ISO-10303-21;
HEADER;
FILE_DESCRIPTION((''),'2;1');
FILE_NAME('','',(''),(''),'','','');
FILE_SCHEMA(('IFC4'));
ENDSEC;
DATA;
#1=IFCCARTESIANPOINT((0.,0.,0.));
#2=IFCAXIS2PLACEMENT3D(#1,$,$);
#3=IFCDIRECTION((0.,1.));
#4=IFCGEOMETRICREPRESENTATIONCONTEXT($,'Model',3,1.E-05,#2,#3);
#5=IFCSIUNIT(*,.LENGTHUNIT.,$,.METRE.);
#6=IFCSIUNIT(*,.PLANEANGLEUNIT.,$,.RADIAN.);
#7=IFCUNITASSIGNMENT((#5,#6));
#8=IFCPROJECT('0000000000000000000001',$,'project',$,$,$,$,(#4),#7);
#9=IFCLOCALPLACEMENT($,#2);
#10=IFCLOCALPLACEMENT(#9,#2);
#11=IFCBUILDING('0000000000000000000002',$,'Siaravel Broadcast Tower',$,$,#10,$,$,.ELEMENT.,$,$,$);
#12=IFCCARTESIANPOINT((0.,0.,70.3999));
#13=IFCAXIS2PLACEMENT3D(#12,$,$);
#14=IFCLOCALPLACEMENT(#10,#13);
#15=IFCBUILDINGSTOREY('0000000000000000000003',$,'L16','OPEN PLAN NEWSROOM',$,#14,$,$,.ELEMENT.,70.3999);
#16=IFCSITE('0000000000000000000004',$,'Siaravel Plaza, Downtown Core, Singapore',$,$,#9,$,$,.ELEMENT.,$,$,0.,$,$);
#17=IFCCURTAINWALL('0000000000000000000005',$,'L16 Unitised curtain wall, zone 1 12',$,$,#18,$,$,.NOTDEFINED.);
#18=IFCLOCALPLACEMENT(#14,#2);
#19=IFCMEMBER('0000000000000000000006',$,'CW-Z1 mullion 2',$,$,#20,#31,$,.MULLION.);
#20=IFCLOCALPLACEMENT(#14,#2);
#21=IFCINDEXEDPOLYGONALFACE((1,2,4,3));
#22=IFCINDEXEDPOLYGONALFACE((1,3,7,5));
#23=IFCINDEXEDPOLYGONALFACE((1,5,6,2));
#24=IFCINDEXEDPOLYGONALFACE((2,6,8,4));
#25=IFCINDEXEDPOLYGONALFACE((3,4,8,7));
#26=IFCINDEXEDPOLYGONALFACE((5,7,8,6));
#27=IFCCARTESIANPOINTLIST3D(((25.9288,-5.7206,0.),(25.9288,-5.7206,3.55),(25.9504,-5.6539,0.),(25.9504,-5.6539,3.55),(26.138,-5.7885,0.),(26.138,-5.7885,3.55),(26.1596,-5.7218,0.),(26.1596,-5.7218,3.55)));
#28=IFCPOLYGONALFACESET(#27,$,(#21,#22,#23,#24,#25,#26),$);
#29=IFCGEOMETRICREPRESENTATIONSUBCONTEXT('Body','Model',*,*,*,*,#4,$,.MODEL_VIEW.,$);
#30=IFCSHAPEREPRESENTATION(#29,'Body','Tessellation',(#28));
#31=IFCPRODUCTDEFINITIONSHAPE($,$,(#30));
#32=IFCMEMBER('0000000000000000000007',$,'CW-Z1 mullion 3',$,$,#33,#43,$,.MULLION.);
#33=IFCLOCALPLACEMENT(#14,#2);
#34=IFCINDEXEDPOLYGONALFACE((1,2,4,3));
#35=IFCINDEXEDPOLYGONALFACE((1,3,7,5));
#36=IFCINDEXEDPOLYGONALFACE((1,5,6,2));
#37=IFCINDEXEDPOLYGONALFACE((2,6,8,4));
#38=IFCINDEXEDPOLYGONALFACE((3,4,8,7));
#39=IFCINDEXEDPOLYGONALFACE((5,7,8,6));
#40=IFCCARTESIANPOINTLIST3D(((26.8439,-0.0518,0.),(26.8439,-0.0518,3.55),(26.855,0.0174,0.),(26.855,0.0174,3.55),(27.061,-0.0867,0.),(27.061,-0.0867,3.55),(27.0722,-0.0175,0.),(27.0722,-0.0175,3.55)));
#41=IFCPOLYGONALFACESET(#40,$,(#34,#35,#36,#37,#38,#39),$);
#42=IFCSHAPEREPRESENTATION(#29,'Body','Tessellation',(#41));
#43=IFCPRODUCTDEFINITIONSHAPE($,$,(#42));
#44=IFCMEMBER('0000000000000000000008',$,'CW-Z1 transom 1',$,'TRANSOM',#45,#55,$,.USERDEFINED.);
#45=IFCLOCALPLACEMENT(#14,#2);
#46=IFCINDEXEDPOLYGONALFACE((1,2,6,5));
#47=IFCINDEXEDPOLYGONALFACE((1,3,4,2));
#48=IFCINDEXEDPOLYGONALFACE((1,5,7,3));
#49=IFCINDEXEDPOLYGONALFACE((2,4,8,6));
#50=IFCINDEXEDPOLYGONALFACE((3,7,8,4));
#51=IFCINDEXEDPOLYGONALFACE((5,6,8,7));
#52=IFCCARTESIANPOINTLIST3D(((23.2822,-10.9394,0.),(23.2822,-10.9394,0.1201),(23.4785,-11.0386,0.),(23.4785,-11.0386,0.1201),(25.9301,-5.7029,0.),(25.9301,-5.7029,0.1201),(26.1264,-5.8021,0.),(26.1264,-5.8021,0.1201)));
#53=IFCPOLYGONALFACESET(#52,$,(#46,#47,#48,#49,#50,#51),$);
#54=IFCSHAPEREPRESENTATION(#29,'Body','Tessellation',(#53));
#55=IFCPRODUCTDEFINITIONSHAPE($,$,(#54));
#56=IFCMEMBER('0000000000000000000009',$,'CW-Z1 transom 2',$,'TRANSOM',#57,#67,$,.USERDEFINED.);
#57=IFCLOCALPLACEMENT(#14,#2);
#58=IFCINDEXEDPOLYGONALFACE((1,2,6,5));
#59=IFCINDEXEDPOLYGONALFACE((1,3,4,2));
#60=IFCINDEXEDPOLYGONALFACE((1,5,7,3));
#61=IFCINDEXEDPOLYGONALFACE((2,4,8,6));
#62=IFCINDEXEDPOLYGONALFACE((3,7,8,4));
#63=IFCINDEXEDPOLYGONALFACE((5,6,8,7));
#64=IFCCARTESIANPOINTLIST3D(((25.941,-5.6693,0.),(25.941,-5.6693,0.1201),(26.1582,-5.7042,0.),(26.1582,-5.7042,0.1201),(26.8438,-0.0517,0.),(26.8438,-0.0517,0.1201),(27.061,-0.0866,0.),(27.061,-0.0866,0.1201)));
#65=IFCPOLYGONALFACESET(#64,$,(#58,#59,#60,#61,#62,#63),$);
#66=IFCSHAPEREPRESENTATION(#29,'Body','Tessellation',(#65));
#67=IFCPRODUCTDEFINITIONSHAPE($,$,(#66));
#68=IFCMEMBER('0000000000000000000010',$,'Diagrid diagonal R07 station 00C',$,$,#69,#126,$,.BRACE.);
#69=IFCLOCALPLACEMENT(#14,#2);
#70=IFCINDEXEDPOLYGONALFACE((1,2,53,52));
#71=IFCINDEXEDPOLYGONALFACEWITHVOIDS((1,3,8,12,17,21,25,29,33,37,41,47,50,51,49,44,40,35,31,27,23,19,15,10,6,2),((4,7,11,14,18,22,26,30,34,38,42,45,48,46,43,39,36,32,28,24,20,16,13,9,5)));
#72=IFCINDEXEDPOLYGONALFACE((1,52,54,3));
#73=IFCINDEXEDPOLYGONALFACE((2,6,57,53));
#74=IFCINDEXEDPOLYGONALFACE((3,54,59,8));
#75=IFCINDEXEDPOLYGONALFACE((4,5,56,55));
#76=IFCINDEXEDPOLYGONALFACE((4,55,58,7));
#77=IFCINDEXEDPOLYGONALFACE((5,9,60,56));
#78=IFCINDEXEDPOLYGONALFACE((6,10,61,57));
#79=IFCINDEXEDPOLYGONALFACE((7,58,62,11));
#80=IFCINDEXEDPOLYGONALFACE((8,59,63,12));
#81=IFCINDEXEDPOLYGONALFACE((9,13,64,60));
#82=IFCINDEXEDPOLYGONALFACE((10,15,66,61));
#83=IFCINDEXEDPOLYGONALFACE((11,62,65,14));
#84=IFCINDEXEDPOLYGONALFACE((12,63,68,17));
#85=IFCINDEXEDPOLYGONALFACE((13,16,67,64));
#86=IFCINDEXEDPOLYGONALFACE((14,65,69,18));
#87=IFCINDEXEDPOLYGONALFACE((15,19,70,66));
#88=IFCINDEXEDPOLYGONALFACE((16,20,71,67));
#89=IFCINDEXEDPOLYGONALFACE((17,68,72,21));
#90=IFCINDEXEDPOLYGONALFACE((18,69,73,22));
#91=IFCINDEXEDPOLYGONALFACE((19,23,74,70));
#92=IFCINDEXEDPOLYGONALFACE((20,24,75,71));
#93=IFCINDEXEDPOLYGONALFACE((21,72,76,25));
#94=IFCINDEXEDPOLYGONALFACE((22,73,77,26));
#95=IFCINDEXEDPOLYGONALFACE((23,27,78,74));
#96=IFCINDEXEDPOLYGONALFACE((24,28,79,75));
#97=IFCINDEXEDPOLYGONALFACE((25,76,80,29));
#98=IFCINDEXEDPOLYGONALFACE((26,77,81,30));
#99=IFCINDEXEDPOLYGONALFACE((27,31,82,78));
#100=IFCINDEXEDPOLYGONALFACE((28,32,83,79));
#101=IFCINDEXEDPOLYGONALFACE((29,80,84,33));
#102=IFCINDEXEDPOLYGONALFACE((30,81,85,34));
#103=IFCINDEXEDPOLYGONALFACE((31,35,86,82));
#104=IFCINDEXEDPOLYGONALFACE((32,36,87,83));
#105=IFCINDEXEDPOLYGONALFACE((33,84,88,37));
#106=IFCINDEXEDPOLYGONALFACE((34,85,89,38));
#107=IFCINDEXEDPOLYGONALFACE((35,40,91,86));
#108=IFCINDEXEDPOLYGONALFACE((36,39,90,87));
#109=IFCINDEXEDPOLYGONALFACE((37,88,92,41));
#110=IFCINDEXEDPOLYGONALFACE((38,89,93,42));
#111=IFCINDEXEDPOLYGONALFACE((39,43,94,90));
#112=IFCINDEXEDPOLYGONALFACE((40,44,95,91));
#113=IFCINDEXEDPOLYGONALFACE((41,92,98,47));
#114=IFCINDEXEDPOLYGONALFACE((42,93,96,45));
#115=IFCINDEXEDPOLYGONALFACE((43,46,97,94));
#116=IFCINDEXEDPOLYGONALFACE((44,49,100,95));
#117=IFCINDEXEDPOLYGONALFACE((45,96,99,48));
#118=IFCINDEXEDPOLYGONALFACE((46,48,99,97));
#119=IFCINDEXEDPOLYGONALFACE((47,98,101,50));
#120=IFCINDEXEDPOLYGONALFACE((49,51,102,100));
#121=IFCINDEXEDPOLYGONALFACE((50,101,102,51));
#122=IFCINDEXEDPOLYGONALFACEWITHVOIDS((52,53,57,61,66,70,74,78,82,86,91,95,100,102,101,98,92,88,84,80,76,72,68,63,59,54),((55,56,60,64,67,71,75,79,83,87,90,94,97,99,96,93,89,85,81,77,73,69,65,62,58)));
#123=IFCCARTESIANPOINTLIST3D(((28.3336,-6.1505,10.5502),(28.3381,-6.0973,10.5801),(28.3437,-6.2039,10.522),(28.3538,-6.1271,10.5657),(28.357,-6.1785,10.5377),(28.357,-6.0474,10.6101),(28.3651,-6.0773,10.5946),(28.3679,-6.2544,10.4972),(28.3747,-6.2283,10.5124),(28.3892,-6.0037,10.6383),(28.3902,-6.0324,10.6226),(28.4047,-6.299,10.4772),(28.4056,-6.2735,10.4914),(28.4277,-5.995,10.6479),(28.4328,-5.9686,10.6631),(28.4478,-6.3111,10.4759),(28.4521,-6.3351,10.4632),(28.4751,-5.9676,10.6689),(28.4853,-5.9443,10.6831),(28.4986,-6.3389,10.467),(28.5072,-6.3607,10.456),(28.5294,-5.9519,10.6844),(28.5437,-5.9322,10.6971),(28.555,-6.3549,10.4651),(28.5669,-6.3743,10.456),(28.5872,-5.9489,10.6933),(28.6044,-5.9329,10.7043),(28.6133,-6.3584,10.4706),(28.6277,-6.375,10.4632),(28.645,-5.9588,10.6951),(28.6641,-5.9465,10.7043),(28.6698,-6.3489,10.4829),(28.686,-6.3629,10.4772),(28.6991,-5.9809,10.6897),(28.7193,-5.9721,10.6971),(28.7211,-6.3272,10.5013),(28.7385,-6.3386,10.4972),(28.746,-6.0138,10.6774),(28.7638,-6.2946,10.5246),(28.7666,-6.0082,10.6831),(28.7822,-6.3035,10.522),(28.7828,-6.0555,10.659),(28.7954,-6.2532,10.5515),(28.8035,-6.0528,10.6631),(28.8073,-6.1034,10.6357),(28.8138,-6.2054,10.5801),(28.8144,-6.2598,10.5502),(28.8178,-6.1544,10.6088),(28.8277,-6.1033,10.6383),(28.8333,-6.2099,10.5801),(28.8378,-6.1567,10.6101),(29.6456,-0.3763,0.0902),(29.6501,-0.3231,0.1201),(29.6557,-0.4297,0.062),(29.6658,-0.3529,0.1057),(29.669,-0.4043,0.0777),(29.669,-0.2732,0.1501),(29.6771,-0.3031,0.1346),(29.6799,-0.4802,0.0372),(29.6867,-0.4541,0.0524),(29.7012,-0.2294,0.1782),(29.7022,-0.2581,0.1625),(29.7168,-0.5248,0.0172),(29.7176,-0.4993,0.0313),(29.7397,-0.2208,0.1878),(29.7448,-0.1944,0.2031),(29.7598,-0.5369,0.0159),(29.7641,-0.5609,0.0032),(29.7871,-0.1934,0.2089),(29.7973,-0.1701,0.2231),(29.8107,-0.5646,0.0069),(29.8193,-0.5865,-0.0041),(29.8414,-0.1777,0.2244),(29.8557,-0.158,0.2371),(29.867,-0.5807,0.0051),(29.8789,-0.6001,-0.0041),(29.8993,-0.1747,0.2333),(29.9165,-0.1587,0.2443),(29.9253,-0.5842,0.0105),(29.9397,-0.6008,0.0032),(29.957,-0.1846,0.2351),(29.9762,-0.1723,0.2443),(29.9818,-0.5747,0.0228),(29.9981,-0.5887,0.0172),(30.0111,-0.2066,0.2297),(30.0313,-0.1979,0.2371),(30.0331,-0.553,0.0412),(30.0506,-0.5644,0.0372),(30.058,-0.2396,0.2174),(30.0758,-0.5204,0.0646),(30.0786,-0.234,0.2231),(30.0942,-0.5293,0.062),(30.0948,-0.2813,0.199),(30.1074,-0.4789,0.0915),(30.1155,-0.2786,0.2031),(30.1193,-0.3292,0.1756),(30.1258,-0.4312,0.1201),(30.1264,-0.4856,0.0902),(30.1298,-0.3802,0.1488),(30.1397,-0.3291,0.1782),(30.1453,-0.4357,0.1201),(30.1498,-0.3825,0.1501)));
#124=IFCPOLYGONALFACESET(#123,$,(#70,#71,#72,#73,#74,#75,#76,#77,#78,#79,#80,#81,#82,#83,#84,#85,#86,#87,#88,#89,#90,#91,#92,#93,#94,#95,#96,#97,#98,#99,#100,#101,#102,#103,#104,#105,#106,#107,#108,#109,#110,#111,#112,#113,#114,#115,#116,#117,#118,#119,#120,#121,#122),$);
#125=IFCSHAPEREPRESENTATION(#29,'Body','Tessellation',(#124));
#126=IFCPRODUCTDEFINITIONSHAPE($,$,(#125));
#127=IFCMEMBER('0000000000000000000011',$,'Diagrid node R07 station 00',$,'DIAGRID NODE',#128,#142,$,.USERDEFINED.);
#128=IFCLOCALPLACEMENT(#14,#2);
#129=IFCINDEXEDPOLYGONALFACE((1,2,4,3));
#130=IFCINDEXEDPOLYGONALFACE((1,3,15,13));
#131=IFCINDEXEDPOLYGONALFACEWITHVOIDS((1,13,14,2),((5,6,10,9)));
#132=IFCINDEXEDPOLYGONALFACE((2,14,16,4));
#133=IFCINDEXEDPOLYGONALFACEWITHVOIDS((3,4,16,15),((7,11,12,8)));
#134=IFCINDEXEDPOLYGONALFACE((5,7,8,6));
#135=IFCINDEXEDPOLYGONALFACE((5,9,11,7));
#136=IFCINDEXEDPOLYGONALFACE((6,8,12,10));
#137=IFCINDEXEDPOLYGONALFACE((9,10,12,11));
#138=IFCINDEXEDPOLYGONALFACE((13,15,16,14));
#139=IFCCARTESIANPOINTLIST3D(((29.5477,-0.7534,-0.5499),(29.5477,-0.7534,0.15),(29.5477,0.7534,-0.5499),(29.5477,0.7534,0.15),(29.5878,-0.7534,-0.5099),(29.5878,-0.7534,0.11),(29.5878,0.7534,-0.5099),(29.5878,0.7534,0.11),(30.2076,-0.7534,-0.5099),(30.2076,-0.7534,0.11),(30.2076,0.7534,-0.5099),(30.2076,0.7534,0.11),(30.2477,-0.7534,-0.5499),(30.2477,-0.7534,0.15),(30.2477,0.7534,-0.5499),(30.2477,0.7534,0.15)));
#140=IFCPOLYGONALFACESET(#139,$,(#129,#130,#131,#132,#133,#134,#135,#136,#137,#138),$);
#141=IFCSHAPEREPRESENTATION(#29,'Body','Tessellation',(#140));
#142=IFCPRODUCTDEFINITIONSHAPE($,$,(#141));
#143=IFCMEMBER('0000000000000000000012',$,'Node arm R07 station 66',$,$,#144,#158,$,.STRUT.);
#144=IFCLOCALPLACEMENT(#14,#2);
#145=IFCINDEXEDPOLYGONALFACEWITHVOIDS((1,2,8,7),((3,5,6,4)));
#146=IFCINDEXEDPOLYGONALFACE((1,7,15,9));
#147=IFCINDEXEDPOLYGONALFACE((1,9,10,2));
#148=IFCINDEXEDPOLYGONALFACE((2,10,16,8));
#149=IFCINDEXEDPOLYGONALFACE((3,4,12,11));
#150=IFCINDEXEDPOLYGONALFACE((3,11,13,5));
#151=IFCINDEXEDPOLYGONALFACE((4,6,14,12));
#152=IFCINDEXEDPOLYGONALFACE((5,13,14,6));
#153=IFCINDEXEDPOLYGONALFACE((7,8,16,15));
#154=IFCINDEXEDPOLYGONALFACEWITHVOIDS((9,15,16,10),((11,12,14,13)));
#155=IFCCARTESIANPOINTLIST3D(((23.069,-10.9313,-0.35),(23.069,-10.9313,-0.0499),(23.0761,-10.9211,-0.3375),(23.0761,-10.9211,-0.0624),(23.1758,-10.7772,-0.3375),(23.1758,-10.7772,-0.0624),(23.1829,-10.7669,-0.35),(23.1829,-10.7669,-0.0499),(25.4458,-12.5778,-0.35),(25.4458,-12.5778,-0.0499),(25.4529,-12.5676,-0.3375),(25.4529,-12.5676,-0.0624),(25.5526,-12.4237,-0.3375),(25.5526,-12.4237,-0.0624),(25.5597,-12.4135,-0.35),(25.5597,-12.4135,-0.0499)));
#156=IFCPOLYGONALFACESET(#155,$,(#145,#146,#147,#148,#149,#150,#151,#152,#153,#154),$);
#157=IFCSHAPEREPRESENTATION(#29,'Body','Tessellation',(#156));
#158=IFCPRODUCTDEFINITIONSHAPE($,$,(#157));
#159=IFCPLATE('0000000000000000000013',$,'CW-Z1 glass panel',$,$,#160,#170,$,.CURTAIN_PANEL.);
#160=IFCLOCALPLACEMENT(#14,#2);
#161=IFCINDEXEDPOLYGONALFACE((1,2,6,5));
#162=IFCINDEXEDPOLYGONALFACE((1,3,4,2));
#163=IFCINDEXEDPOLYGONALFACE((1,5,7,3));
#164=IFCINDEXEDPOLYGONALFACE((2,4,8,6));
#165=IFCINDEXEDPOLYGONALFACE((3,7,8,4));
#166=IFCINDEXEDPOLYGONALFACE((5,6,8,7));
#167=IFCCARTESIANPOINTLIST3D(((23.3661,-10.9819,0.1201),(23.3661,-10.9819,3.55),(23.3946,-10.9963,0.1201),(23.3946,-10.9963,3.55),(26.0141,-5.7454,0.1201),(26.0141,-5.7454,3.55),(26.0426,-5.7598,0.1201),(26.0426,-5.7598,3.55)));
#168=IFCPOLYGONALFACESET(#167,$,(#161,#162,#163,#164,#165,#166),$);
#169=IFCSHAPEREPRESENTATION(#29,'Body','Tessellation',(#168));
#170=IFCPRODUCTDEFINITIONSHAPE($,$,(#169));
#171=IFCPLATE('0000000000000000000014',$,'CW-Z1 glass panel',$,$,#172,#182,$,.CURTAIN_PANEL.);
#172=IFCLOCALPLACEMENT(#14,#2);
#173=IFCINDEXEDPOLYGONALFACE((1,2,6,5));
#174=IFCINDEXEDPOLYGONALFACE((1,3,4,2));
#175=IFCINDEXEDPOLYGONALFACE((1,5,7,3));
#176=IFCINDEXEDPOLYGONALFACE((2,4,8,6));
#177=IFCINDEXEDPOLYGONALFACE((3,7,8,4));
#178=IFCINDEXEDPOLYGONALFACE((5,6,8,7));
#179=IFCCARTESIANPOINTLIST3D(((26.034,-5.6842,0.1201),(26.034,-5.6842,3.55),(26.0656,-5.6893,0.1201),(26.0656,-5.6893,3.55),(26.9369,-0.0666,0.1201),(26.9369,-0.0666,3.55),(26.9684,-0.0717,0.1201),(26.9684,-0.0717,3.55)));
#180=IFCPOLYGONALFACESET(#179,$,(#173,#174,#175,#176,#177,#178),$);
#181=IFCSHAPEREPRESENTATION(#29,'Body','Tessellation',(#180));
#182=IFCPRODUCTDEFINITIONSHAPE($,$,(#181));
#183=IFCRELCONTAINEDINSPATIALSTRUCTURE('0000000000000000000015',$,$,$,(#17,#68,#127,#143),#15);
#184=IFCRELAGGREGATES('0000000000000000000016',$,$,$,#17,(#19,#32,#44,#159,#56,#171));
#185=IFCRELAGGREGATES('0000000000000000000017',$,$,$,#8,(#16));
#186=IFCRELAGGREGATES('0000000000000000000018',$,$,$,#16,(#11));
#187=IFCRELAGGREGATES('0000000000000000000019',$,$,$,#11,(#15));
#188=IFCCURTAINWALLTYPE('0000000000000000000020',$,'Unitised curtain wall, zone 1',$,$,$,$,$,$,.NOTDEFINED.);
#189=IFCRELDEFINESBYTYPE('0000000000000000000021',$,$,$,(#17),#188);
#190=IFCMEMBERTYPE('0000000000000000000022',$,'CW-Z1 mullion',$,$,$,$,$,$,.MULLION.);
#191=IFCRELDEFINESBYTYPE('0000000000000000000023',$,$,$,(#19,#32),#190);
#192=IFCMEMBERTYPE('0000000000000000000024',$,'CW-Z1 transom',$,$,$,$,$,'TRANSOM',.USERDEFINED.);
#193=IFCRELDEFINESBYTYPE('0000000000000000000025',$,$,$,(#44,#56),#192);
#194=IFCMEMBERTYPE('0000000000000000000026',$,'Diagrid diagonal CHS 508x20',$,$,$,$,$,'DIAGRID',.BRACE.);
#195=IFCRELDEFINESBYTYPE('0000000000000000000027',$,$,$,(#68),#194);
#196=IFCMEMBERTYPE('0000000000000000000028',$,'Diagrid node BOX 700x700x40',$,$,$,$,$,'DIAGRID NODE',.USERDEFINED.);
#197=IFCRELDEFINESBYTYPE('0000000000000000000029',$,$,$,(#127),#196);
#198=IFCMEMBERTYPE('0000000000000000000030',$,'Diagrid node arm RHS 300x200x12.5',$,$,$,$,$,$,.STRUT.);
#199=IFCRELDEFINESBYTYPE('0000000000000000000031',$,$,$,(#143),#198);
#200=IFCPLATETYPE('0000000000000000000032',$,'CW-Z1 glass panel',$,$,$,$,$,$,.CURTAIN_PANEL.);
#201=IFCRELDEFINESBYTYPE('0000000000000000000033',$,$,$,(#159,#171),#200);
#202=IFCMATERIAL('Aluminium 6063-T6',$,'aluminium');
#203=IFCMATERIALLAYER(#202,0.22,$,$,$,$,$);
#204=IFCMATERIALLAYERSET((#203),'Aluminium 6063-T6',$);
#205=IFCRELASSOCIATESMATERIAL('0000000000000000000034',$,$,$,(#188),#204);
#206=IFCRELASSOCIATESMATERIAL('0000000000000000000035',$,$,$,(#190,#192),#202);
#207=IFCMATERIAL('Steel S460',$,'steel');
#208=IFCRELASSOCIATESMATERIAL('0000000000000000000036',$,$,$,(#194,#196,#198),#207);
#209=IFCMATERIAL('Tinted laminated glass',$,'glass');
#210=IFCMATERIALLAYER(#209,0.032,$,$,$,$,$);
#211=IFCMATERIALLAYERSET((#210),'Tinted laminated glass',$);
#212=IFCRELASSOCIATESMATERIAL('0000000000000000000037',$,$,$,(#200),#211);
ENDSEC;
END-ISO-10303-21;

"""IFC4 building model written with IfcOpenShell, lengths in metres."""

from ifc_helpers import new_model, si_unit, direction, frame, origin, origin_2d, place, context, subcontext, project, spatial, rectangle, hollow_rectangle, hollow_circle, extrude, material, layer, layer_set, material_profile, profile_set, type_object, element, aggregate, save


model = new_model("IFC4")

# Units and contexts
model_context = context("Model", 3, precision=1e-05, world=origin(), true_north=direction((0.0, 1.0)))
body_context = subcontext(model_context, "Body", "Model", "MODEL_VIEW")
ifc_project = project(units=[si_unit("LENGTHUNIT", "METRE"), si_unit("PLANEANGLEUNIT", "RADIAN")], contexts=[model_context])

# Site, building, storey
site_placement = place(None, origin())
site = spatial("IfcSite", under=ifc_project, at=site_placement, Name="Siaravel Plaza, Downtown Core, Singapore", CompositionType="ELEMENT", RefElevation=0.0)
building_placement = place(site_placement, origin())
building = spatial("IfcBuilding", under=site, at=building_placement, Name="Siaravel Broadcast Tower", CompositionType="ELEMENT")
storey_placement = place(building_placement, frame((0.0, 0.0, 70.3999)))
storey = spatial("IfcBuildingStorey", under=building, at=storey_placement, Name="L16", Description="OPEN PLAN NEWSROOM", CompositionType="ELEMENT", Elevation=70.3999)

# Curtain wall, members
ifc_material_1 = material(Name="Aluminium 6063-T6", Category="aluminium")
ifc_layer_1 = layer(ifc_material_1, 0.22)
ifc_layer_set_1 = layer_set([ifc_layer_1], Name="Aluminium 6063-T6")
curtain_wall_type = type_object("IfcCurtainWallType", Name="Unitised curtain wall, zone 1", PredefinedType="NOTDEFINED", material=ifc_layer_set_1)
curtain_wall_placement = place(storey_placement, origin())
curtain_wall = element("IfcCurtainWall", 1, at=curtain_wall_placement, inside=storey, type_object=curtain_wall_type, Name="L16 Unitised curtain wall, zone 1 12", PredefinedType="NOTDEFINED")
ifc_material_profile_1 = material_profile(ifc_material_1, rectangle(XDim=0.22, YDim=0.0701, at=origin_2d()))
ifc_profile_set_1 = profile_set([ifc_material_profile_1], Name="Aluminium 6063-T6")
member_type_1 = type_object("IfcMemberType", Name="CW-Z1 mullion", PredefinedType="MULLION", material=ifc_profile_set_1)
member_1_placement = place(storey_placement, frame((26.0442, -5.7212, 0.0), z_axis=(0.0, 0.0, 1.0), x_axis=(-0.951177, 0.308645, 0.0)))
member_1 = element("IfcMember", 2, at=member_1_placement, type_object=member_type_1, Name="CW-Z1 mullion 2", PredefinedType="MULLION", context=body_context, shape_type="SweptSolid", body=[
    extrude(rectangle(XDim=0.22, YDim=0.0701, at=origin_2d()), origin(), (0.0, 0.0, 1.0), 3.55),
])
member_2_placement = place(storey_placement, frame((26.958, -0.0347, 0.0), z_axis=(0.0, 0.0, 1.0), x_axis=(-0.987329, 0.158685, 0.0)))
member_2 = element("IfcMember", 3, at=member_2_placement, type_object=member_type_1, Name="CW-Z1 mullion 3", PredefinedType="MULLION", context=body_context, shape_type="SweptSolid", body=[
    extrude(rectangle(XDim=0.22, YDim=0.0701, at=origin_2d()), origin(), (0.0, 0.0, 1.0), 3.55),
])
ifc_material_profile_2 = material_profile(ifc_material_1, rectangle(XDim=0.22, YDim=0.1201, at=origin_2d()))
ifc_profile_set_2 = profile_set([ifc_material_profile_2], Name="Aluminium 6063-T6")
member_type_2 = type_object("IfcMemberType", Name="CW-Z1 transom", ElementType="TRANSOM", PredefinedType="USERDEFINED", material=ifc_profile_set_2)
member_3_placement = place(storey_placement, frame((23.3804, -10.989, 0.0601), z_axis=(0.451253, 0.892396, 0.0), x_axis=(-0.892396, 0.451253, 0.0)))
member_3 = element("IfcMember", 4, at=member_3_placement, type_object=member_type_2, Name="CW-Z1 transom 1", ObjectType="TRANSOM", PredefinedType="USERDEFINED", context=body_context, shape_type="SweptSolid", body=[
    extrude(rectangle(XDim=0.22, YDim=0.1201, at=origin_2d()), origin(), (0.0, 0.0, 1.0), 5.8679),
])
member_4_placement = place(storey_placement, frame((26.0496, -5.6868, 0.0601), z_axis=(0.158677, 0.987331, 0.0), x_axis=(-0.987331, 0.158677, 0.0)))
member_4 = element("IfcMember", 5, at=member_4_placement, type_object=member_type_2, Name="CW-Z1 transom 2", ObjectType="TRANSOM", PredefinedType="USERDEFINED", context=body_context, shape_type="SweptSolid", body=[
    extrude(rectangle(XDim=0.22, YDim=0.1201, at=origin_2d()), origin(), (0.0, 0.0, 1.0), 5.6897),
])

# Members
ifc_material_2 = material(Name="Steel S460", Category="steel")
ifc_material_profile_3 = material_profile(ifc_material_2, hollow_circle(Radius=0.2539, WallThickness=0.02, at=origin_2d()))
ifc_profile_set_3 = profile_set([ifc_material_profile_3], Name="Steel S460")
member_type_3 = type_object("IfcMemberType", Name="Diagrid diagonal CHS 508x20", ElementType="DIAGRID", PredefinedType="BRACE", material=ifc_profile_set_3)
member_5_placement = place(storey_placement, frame((29.8977, -0.3794, 0.1201), z_axis=(-0.109155, -0.480392, 0.870235), x_axis=(0.975144, -0.221573, 0.0)))
element("IfcMember", 6, at=member_5_placement, inside=storey, type_object=member_type_3, Name="Diagrid diagonal R07 station 00C", PredefinedType="BRACE", context=body_context, shape_type="SweptSolid", body=[
    extrude(hollow_circle(Radius=0.2539, WallThickness=0.02, at=origin_2d()), origin(), (0.0, 0.0, 1.0), 12.0198),
])
ifc_material_profile_4 = material_profile(ifc_material_2, hollow_rectangle(XDim=0.7, YDim=0.7, WallThickness=0.04, at=origin_2d()))
ifc_profile_set_4 = profile_set([ifc_material_profile_4], Name="Steel S460")
member_type_4 = type_object("IfcMemberType", Name="Diagrid node BOX 700x700x40", ElementType="DIAGRID NODE", PredefinedType="USERDEFINED", material=ifc_profile_set_4)
member_6_placement = place(storey_placement, frame((29.8977, -0.7534, -0.2), z_axis=(0.0, 1.0, 0.0), x_axis=(-1.0, 0.0, 0.0)))
element("IfcMember", 7, at=member_6_placement, inside=storey, type_object=member_type_4, Name="Diagrid node R07 station 00", ObjectType="DIAGRID NODE", PredefinedType="USERDEFINED", context=body_context, shape_type="SweptSolid", body=[
    extrude(hollow_rectangle(XDim=0.7, YDim=0.7, WallThickness=0.04, at=origin_2d()), origin(), (0.0, 0.0, 1.0), 1.5068),
])
ifc_material_profile_5 = material_profile(ifc_material_2, hollow_rectangle(XDim=0.2, YDim=0.3, WallThickness=0.0125, at=origin_2d()))
ifc_profile_set_5 = profile_set([ifc_material_profile_5], Name="Steel S460")
member_type_5 = type_object("IfcMemberType", Name="Diagrid node arm RHS 300x200x12.5", PredefinedType="STRUT", material=ifc_profile_set_5)
member_7_placement = place(storey_placement, frame((23.126, -10.8491, -0.2), z_axis=(0.822019, -0.56946, 0.0), x_axis=(0.56946, 0.822019, 0.0)))
element("IfcMember", 8, at=member_7_placement, inside=storey, type_object=member_type_5, Name="Node arm R07 station 66", PredefinedType="STRUT", context=body_context, shape_type="SweptSolid", body=[
    extrude(hollow_rectangle(XDim=0.2, YDim=0.3, WallThickness=0.0125, at=origin_2d()), origin(), (0.0, 0.0, 1.0), 2.8914),
])

# Plates
ifc_material_3 = material(Name="Tinted laminated glass", Category="glass")
ifc_layer_2 = layer(ifc_material_3, 0.032)
ifc_layer_set_2 = layer_set([ifc_layer_2], Name="Tinted laminated glass")
plate_type = type_object("IfcPlateType", Name="CW-Z1 glass panel", PredefinedType="CURTAIN_PANEL", material=ifc_layer_set_2)
plate_1_placement = place(storey_placement, frame((24.7043, -8.3708, 0.1201), z_axis=(0.0, 0.0, 1.0), x_axis=(0.451261, 0.892392, 0.0)))
plate_1 = element("IfcPlate", 9, at=plate_1_placement, type_object=plate_type, Name="CW-Z1 glass panel", PredefinedType="CURTAIN_PANEL", context=body_context, shape_type="SweptSolid", body=[
    extrude(rectangle(XDim=5.8679, YDim=0.032, at=origin_2d()), origin(), (0.0, 0.0, 1.0), 3.4299),
])
plate_2_placement = place(storey_placement, frame((26.5012, -2.8779, 0.1201), z_axis=(0.0, 0.0, 1.0), x_axis=(0.158685, 0.987329, 0.0)))
plate_2 = element("IfcPlate", 10, at=plate_2_placement, type_object=plate_type, Name="CW-Z1 glass panel", PredefinedType="CURTAIN_PANEL", context=body_context, shape_type="SweptSolid", body=[
    extrude(rectangle(XDim=5.6897, YDim=0.032, at=origin_2d()), origin(), (0.0, 0.0, 1.0), 3.4299),
])
aggregate(curtain_wall, [member_1, member_2, member_3, plate_1, member_4, plate_2])

save(model, "model.ifc")
